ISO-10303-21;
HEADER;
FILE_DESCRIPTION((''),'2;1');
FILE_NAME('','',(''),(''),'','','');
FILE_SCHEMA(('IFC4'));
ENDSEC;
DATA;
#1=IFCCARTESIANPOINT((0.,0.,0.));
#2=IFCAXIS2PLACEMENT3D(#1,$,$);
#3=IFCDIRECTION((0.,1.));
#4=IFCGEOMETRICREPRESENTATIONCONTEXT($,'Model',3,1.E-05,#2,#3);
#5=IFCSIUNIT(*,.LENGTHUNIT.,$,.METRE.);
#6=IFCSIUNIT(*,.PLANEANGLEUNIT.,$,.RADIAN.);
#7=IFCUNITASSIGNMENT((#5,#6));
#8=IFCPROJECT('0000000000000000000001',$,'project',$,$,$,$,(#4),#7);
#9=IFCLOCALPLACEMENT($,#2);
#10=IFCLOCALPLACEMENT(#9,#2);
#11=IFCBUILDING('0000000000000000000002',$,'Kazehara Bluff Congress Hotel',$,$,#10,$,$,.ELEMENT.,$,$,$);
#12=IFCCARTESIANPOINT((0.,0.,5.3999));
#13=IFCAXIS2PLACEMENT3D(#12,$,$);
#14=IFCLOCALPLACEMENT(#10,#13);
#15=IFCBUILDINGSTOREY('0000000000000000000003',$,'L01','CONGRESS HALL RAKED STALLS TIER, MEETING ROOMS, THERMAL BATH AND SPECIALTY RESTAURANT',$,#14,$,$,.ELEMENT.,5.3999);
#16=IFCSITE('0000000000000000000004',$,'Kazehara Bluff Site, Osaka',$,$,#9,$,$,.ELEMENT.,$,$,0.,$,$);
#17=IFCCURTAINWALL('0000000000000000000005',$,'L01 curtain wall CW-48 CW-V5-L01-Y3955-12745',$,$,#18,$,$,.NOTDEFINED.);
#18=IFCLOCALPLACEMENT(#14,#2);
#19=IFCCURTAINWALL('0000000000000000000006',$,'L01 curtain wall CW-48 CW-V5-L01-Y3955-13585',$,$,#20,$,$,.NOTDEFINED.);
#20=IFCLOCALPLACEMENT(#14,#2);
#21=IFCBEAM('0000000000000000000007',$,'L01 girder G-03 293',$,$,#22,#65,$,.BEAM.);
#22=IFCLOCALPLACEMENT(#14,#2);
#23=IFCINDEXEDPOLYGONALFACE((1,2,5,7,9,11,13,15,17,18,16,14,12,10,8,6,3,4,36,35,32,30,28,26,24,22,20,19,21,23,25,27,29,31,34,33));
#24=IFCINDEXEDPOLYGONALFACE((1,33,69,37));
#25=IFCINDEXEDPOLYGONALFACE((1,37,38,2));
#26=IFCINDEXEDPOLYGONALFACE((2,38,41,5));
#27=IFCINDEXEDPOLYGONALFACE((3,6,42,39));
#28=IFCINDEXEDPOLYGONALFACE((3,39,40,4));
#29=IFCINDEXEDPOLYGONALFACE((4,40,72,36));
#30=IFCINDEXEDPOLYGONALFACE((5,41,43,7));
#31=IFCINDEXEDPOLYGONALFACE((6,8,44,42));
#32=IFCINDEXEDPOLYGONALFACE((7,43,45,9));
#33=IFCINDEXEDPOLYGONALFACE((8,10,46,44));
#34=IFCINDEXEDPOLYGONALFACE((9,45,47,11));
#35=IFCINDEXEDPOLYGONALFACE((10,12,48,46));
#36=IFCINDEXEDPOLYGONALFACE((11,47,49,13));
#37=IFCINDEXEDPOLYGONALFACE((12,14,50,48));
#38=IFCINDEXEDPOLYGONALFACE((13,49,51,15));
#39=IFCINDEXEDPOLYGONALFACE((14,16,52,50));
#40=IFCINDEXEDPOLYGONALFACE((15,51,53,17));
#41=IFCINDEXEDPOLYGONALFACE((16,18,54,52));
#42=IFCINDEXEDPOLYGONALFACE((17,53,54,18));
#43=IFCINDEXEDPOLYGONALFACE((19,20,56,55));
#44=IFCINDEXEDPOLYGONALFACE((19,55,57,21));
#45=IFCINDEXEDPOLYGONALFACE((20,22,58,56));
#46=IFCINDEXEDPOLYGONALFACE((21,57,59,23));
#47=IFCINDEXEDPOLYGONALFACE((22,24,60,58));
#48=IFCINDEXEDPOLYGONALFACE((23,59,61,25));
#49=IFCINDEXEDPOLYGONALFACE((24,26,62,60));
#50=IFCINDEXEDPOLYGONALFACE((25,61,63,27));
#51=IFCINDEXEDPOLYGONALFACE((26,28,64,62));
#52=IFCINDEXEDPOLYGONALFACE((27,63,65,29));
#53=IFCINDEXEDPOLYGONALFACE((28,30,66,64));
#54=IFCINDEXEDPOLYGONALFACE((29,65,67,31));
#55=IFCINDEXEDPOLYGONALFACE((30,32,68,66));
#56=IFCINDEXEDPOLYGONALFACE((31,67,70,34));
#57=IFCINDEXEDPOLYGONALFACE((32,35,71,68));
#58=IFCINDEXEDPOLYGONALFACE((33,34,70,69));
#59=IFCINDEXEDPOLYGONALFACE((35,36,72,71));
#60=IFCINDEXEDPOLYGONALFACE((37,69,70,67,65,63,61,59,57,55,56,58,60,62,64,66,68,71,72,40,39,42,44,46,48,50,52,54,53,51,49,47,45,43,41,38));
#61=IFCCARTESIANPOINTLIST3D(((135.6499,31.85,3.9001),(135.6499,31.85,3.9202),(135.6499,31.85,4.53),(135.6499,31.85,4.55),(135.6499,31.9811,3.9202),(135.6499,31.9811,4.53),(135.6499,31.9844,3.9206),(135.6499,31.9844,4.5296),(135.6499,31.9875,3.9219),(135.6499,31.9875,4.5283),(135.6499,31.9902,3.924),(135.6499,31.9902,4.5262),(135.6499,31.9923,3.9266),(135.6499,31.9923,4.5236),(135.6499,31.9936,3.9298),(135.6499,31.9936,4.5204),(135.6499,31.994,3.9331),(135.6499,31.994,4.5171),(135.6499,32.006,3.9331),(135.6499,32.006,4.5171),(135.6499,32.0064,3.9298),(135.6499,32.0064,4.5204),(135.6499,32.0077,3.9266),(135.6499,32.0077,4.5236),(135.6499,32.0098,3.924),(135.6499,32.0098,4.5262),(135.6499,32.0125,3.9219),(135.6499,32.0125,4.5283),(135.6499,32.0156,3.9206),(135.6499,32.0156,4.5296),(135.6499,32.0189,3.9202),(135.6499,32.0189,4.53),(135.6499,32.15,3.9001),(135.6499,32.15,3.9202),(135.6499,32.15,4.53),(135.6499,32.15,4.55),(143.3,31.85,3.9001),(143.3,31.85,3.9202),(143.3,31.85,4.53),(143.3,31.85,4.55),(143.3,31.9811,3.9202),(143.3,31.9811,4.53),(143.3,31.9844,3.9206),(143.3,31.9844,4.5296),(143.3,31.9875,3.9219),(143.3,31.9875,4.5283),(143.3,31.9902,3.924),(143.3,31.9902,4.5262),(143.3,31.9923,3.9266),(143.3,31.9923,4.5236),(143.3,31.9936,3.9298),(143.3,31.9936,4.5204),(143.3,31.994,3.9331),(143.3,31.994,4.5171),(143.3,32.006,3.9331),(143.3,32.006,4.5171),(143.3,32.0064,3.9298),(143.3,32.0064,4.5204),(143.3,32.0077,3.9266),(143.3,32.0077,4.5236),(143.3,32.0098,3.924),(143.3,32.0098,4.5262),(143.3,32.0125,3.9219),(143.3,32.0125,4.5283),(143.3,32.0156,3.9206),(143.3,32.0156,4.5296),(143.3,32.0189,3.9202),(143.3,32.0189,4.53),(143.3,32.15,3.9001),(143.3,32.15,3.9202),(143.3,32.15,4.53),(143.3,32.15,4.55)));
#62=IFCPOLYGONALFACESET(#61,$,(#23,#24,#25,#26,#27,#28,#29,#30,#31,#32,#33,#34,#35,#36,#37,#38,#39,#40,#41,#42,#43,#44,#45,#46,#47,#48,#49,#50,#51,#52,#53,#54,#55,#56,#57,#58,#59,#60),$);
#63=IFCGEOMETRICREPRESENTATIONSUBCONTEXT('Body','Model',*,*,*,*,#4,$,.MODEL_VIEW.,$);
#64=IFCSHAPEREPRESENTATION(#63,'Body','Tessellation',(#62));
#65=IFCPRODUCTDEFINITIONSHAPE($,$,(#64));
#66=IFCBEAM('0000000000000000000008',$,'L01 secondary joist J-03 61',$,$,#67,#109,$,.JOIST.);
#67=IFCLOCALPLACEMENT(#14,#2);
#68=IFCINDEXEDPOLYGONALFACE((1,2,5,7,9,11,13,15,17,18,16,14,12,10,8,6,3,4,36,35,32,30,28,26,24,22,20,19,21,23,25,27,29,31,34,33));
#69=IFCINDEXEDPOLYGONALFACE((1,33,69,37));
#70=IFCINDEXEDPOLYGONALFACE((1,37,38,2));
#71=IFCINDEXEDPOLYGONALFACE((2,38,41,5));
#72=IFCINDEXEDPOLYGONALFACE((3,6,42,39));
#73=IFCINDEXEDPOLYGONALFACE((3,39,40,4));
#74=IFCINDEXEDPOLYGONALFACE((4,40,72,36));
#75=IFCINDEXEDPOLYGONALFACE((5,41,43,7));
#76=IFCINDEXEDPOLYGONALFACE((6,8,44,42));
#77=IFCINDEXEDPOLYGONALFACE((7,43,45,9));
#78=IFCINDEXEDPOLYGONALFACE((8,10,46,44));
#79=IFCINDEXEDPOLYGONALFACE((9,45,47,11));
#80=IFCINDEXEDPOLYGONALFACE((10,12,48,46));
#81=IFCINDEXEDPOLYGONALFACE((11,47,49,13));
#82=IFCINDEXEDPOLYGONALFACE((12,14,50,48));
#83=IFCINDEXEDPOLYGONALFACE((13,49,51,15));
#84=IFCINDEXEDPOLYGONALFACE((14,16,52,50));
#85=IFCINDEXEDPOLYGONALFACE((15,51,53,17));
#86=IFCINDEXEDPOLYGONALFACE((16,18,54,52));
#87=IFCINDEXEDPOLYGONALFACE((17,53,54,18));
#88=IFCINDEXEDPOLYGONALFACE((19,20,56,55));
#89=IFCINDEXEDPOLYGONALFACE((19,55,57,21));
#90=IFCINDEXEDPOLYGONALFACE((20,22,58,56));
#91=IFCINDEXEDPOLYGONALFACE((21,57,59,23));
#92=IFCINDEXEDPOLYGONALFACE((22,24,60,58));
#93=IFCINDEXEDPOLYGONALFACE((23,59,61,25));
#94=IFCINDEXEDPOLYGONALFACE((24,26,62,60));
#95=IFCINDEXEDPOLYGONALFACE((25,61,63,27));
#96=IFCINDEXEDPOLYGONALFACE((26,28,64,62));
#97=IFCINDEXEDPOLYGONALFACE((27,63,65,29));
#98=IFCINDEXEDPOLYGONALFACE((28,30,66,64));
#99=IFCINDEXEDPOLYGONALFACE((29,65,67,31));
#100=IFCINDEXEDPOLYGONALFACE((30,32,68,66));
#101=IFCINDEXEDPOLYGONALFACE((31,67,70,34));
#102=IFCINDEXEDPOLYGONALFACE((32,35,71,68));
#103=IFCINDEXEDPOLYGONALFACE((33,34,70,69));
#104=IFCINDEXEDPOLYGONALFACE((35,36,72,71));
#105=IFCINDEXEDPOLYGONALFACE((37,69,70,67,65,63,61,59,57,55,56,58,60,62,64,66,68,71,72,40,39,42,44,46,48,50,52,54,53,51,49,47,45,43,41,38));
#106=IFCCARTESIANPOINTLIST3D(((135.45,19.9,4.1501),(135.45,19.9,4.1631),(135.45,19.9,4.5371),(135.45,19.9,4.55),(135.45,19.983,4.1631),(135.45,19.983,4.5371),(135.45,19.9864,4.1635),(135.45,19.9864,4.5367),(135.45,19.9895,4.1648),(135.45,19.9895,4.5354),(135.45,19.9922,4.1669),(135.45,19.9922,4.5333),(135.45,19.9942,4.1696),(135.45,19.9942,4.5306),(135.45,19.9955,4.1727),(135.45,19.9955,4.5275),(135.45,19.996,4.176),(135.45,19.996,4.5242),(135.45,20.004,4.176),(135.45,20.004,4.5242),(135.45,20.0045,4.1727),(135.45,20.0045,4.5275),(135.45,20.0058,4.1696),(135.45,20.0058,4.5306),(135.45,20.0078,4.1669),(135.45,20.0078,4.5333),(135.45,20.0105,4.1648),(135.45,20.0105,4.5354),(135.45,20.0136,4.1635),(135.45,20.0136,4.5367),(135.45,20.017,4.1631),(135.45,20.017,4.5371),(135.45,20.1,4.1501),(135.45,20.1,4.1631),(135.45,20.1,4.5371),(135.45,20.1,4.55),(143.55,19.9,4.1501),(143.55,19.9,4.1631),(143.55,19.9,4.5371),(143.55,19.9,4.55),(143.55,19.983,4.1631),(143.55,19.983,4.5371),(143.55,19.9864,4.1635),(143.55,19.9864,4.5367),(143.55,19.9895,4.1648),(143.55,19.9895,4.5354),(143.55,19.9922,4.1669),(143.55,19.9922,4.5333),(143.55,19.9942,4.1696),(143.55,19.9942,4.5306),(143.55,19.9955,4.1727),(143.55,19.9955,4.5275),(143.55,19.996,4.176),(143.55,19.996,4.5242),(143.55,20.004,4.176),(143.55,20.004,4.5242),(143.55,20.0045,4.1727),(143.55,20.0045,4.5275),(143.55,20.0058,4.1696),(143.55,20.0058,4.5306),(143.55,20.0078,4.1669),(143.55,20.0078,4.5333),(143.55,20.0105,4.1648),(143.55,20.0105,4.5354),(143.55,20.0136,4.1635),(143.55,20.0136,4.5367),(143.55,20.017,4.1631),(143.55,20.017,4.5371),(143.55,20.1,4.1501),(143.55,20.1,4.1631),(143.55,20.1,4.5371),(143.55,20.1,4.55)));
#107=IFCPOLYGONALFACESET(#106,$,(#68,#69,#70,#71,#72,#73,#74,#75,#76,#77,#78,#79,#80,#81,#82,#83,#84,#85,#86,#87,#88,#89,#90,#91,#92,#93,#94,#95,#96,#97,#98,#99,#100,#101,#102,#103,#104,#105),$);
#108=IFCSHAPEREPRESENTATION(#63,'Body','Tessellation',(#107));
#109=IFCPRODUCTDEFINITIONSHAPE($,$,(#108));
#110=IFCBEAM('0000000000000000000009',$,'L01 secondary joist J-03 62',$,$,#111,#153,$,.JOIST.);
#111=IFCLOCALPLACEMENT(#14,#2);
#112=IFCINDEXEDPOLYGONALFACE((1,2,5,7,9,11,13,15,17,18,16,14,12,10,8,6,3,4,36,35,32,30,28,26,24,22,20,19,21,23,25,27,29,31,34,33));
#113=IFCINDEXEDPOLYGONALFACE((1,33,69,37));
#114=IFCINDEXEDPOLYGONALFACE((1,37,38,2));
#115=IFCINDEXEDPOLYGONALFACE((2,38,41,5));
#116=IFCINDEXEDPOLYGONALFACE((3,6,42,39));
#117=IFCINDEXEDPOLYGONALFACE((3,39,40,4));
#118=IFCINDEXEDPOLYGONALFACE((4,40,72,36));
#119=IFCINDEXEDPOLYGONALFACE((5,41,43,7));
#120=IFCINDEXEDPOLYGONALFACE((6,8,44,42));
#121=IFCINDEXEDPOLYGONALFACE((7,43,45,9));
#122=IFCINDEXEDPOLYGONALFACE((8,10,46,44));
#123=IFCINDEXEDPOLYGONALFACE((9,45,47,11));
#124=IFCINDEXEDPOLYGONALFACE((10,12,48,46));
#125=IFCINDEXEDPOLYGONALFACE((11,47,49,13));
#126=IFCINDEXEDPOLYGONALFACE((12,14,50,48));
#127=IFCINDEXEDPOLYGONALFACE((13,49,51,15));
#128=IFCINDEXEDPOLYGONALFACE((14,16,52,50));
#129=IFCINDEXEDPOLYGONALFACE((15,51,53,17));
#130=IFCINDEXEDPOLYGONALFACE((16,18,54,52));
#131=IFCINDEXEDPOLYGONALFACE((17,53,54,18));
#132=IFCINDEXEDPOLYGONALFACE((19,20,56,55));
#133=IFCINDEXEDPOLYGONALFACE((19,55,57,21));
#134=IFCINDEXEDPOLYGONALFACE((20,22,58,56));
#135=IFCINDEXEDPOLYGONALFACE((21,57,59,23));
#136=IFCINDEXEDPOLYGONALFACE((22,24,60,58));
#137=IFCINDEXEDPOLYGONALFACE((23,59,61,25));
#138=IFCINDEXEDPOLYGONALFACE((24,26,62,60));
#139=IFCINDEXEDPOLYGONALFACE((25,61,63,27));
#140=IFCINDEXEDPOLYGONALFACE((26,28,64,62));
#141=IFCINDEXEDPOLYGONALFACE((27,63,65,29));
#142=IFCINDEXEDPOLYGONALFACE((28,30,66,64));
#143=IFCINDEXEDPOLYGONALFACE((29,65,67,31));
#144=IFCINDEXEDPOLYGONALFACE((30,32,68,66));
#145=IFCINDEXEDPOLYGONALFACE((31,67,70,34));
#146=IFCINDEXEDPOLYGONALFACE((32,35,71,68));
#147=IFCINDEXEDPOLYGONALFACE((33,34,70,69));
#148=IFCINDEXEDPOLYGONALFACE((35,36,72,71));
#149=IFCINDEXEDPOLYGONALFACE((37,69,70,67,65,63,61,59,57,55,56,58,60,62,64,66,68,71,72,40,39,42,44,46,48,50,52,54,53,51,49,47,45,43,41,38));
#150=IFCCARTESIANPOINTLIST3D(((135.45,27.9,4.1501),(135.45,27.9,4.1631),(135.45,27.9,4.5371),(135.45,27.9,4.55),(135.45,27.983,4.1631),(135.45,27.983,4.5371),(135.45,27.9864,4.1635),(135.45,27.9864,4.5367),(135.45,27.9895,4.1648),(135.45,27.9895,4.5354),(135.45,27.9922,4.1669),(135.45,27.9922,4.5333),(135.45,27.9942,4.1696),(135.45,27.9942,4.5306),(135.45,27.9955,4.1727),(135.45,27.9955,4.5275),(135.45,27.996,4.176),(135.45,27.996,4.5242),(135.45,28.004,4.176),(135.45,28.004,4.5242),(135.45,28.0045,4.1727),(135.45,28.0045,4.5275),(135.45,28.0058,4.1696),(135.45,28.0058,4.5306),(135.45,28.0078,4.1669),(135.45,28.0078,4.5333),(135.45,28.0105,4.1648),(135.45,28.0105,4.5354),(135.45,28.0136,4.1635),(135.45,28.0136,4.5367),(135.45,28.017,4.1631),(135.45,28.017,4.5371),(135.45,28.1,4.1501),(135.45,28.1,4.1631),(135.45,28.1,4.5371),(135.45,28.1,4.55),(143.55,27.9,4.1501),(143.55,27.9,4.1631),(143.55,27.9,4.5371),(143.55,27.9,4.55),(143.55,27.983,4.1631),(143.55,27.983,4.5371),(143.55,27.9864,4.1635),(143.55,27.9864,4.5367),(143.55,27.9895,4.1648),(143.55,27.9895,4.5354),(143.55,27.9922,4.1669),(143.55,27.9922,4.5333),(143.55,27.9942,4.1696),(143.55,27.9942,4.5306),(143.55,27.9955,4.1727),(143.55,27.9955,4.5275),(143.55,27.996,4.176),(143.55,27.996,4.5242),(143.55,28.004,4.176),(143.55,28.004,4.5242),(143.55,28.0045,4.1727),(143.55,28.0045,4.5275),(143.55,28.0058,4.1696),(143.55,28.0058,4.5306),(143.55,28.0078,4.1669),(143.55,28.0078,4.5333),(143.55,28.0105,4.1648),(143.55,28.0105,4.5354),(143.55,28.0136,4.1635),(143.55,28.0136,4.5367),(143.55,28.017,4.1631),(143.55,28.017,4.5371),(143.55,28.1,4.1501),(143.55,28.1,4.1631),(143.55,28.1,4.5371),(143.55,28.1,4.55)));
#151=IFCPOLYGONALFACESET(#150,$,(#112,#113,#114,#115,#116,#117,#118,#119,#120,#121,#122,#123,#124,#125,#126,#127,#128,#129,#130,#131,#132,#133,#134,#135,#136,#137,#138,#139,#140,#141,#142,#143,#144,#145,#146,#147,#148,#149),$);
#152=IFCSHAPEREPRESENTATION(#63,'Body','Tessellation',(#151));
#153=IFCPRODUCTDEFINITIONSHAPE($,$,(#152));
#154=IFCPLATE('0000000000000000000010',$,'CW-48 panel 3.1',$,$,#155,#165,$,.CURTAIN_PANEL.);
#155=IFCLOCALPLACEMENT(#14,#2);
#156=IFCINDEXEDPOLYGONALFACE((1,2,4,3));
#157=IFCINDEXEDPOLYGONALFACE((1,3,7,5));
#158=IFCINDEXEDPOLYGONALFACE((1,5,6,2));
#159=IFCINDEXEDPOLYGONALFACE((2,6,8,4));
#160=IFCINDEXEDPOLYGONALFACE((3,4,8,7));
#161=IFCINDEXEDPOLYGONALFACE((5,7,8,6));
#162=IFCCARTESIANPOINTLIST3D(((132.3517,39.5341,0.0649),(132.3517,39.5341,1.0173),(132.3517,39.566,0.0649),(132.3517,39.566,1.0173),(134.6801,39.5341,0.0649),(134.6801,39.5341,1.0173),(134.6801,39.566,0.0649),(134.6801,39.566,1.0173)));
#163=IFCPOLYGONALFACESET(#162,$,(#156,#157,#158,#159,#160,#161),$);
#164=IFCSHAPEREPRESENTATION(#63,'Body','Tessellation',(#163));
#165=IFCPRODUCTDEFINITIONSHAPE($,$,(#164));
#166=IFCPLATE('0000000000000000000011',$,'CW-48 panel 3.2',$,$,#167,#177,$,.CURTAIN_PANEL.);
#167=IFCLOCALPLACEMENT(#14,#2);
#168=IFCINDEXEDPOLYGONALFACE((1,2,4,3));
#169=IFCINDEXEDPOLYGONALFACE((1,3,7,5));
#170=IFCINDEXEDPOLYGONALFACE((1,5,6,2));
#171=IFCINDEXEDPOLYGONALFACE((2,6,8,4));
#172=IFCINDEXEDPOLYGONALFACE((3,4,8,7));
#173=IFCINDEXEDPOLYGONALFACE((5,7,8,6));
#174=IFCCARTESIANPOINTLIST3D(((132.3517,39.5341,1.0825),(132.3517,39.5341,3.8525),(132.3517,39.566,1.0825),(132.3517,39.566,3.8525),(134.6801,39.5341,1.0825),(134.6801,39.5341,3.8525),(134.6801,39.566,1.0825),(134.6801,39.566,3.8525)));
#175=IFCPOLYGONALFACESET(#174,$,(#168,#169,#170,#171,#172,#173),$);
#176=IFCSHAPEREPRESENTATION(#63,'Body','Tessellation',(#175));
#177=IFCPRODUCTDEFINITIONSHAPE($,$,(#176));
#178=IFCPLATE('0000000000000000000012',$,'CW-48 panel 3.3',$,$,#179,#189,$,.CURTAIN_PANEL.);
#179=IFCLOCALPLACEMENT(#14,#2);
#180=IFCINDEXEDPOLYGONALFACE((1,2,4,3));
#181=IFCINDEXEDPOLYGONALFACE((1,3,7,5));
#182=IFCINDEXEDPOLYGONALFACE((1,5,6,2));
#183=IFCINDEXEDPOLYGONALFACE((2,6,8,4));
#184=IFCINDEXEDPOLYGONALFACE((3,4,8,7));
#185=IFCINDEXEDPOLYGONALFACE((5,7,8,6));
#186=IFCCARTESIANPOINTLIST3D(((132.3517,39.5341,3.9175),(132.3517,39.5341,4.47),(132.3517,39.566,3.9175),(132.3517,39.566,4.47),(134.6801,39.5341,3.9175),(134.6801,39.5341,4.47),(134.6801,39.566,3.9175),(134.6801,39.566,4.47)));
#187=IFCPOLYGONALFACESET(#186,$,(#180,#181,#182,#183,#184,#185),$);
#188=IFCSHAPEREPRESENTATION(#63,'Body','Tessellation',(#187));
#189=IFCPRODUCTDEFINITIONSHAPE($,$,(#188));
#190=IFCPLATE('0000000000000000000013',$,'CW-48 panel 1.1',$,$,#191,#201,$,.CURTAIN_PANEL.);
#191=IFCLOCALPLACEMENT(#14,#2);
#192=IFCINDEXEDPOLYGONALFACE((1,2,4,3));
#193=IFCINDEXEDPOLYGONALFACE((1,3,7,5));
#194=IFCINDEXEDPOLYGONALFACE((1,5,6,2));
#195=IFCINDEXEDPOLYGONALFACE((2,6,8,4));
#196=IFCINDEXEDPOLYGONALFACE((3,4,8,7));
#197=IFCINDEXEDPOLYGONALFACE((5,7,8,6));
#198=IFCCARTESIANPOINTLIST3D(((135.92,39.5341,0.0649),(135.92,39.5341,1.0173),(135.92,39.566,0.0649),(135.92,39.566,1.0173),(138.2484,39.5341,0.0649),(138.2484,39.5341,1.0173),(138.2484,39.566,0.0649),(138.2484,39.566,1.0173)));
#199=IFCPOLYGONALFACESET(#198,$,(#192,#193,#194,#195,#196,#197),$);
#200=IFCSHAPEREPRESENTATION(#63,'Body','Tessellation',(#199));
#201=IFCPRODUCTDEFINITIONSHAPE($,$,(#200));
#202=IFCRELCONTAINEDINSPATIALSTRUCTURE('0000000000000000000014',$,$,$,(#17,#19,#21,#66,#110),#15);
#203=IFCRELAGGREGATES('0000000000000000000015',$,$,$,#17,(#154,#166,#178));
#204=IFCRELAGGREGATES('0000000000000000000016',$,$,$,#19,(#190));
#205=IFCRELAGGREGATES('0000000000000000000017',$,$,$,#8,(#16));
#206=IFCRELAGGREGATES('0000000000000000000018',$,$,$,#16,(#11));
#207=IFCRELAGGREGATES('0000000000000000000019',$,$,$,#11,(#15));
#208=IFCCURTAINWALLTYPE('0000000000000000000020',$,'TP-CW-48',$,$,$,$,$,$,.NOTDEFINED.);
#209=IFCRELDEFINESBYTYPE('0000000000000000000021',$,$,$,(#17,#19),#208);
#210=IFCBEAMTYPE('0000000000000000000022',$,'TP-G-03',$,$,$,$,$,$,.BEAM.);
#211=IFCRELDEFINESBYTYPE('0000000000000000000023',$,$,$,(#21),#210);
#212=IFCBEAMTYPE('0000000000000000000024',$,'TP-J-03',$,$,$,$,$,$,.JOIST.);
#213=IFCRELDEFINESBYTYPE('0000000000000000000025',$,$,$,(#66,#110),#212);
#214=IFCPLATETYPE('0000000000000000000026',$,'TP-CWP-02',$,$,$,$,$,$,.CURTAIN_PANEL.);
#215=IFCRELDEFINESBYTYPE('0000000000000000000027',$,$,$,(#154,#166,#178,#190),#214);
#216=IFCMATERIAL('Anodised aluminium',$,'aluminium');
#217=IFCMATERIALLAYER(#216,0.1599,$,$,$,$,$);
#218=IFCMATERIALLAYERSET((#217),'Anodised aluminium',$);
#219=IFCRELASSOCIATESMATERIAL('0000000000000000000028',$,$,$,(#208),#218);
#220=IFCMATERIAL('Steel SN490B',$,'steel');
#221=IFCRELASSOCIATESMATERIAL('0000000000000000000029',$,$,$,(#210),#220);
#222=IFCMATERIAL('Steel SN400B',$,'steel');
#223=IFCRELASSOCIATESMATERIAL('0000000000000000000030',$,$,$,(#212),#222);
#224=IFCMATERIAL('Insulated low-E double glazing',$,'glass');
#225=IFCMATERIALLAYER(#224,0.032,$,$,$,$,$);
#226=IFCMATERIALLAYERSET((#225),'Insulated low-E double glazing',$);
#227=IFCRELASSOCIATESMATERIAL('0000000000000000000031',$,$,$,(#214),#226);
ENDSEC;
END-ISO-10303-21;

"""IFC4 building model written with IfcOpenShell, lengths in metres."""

from ifc_helpers import new_model, si_unit, direction, frame, origin, origin_2d, place, context, subcontext, project, spatial, rectangle, i_section, extrude, material, layer, layer_set, material_profile, profile_set, type_object, element, aggregate, save


model = new_model("IFC4")

# Units and contexts
model_context = context("Model", 3, precision=1e-05, world=origin(), true_north=direction((0.0, 1.0)))
body_context = subcontext(model_context, "Body", "Model", "MODEL_VIEW")
ifc_project = project(units=[si_unit("LENGTHUNIT", "METRE"), si_unit("PLANEANGLEUNIT", "RADIAN")], contexts=[model_context])

# Site, building, storey
site_placement = place(None, origin())
site = spatial("IfcSite", under=ifc_project, at=site_placement, Name="Kazehara Bluff Site, Osaka", CompositionType="ELEMENT", RefElevation=0.0)
building_placement = place(site_placement, origin())
building = spatial("IfcBuilding", under=site, at=building_placement, Name="Kazehara Bluff Congress Hotel", CompositionType="ELEMENT")
storey_placement = place(building_placement, frame((0.0, 0.0, 5.3999)))
storey = spatial("IfcBuildingStorey", under=building, at=storey_placement, Name="L01", Description="CONGRESS HALL RAKED STALLS TIER, MEETING ROOMS, THERMAL BATH AND SPECIALTY RESTAURANT", CompositionType="ELEMENT", Elevation=5.3999)

# Curtain wall
ifc_material_1 = material(Name="Anodised aluminium", Category="aluminium")
ifc_layer_1 = layer(ifc_material_1, 0.1599)
ifc_layer_set_1 = layer_set([ifc_layer_1], Name="Anodised aluminium")
curtain_wall_type = type_object("IfcCurtainWallType", Name="TP-CW-48", PredefinedType="NOTDEFINED", material=ifc_layer_set_1)
curtain_wall_1_placement = place(storey_placement, origin())
curtain_wall_1 = element("IfcCurtainWall", 1, at=curtain_wall_1_placement, inside=storey, type_object=curtain_wall_type, Name="L01 curtain wall CW-48 CW-V5-L01-Y3955-12745", PredefinedType="NOTDEFINED")

# Curtain wall
curtain_wall_2_placement = place(storey_placement, origin())
curtain_wall_2 = element("IfcCurtainWall", 2, at=curtain_wall_2_placement, inside=storey, type_object=curtain_wall_type, Name="L01 curtain wall CW-48 CW-V5-L01-Y3955-13585", PredefinedType="NOTDEFINED")

# Beams
ifc_material_2 = material(Name="Steel SN490B", Category="steel")
ifc_material_profile_1 = material_profile(ifc_material_2, i_section(OverallWidth=0.3, OverallDepth=0.6499, WebThickness=0.012, FlangeThickness=0.02, FilletRadius=0.0129, at=origin_2d()))
ifc_profile_set_1 = profile_set([ifc_material_profile_1], Name="Steel SN490B")
beam_type_1 = type_object("IfcBeamType", Name="TP-G-03", PredefinedType="BEAM", material=ifc_profile_set_1)
for number, where, z_axis, x_axis, name in (
    (3, (135.6499, 32.0, 4.2251), (1.0, 0.0, 0.0), (0.0, 1.0, 0.0), "L01 girder G-03 293"),
):
    element("IfcBeam", number, at=place(storey_placement, frame(where, z_axis=z_axis, x_axis=x_axis)), inside=storey, type_object=beam_type_1, Name=name, PredefinedType="BEAM", context=body_context, shape_type="SweptSolid", body=[
        extrude(i_section(OverallWidth=0.3, OverallDepth=0.6499, WebThickness=0.012, FlangeThickness=0.02, FilletRadius=0.0129, at=origin_2d()), origin(), (0.0, 0.0, 1.0), 7.6501),
    ])
ifc_material_3 = material(Name="Steel SN400B", Category="steel")
ifc_material_profile_2 = material_profile(ifc_material_3, i_section(OverallWidth=0.2, OverallDepth=0.3999, WebThickness=0.0081, FlangeThickness=0.0129, FilletRadius=0.0129, at=origin_2d()))
ifc_profile_set_2 = profile_set([ifc_material_profile_2], Name="Steel SN400B")
beam_type_2 = type_object("IfcBeamType", Name="TP-J-03", PredefinedType="JOIST", material=ifc_profile_set_2)
for number, where, z_axis, x_axis, name in (
    (4, (135.45, 20.0, 4.3501), (1.0, 0.0, 0.0), (0.0, 1.0, 0.0), "L01 secondary joist J-03 61"),
    (5, (135.45, 28.0, 4.3501), (1.0, 0.0, 0.0), (0.0, 1.0, 0.0), "L01 secondary joist J-03 62"),
):
    element("IfcBeam", number, at=place(storey_placement, frame(where, z_axis=z_axis, x_axis=x_axis)), inside=storey, type_object=beam_type_2, Name=name, PredefinedType="JOIST", context=body_context, shape_type="SweptSolid", body=[
        extrude(i_section(OverallWidth=0.2, OverallDepth=0.3999, WebThickness=0.0081, FlangeThickness=0.0129, FilletRadius=0.0129, at=origin_2d()), origin(), (0.0, 0.0, 1.0), 8.1001),
    ])

# Plates
ifc_material_4 = material(Name="Insulated low-E double glazing", Category="glass")
ifc_layer_2 = layer(ifc_material_4, 0.032)
ifc_layer_set_2 = layer_set([ifc_layer_2], Name="Insulated low-E double glazing")
plate_type = type_object("IfcPlateType", Name="TP-CWP-02", PredefinedType="CURTAIN_PANEL", material=ifc_layer_set_2)
plate_1_placement = place(storey_placement, frame((133.5159, 39.55, 0.0649), z_axis=(0.0, 0.0, 1.0), x_axis=(1.0, 0.0, 0.0)))
plate_1 = element("IfcPlate", 6, at=plate_1_placement, type_object=plate_type, Name="CW-48 panel 3.1", PredefinedType="CURTAIN_PANEL", context=body_context, shape_type="SweptSolid", body=[
    extrude(rectangle(XDim=2.3284, YDim=0.032, at=origin_2d()), origin(), (0.0, 0.0, 1.0), 0.9524),
])
plate_2_placement = place(storey_placement, frame((133.5159, 39.55, 1.0825), z_axis=(0.0, 0.0, 1.0), x_axis=(1.0, 0.0, 0.0)))
plate_2 = element("IfcPlate", 7, at=plate_2_placement, type_object=plate_type, Name="CW-48 panel 3.2", PredefinedType="CURTAIN_PANEL", context=body_context, shape_type="SweptSolid", body=[
    extrude(rectangle(XDim=2.3284, YDim=0.032, at=origin_2d()), origin(), (0.0, 0.0, 1.0), 2.77),
])
plate_3_placement = place(storey_placement, frame((133.5159, 39.55, 3.9175), z_axis=(0.0, 0.0, 1.0), x_axis=(1.0, 0.0, 0.0)))
plate_3 = element("IfcPlate", 8, at=plate_3_placement, type_object=plate_type, Name="CW-48 panel 3.3", PredefinedType="CURTAIN_PANEL", context=body_context, shape_type="SweptSolid", body=[
    extrude(rectangle(XDim=2.3284, YDim=0.032, at=origin_2d()), origin(), (0.0, 0.0, 1.0), 0.5525),
])
aggregate(curtain_wall_1, [plate_1, plate_2, plate_3])
plate_4_placement = place(storey_placement, frame((137.0842, 39.55, 0.0649), z_axis=(0.0, 0.0, 1.0), x_axis=(1.0, 0.0, 0.0)))
plate_4 = element("IfcPlate", 9, at=plate_4_placement, type_object=plate_type, Name="CW-48 panel 1.1", PredefinedType="CURTAIN_PANEL", context=body_context, shape_type="SweptSolid", body=[
    extrude(rectangle(XDim=2.3284, YDim=0.032, at=origin_2d()), origin(), (0.0, 0.0, 1.0), 0.9524),
])
aggregate(curtain_wall_2, [plate_4])

save(model, "model.ifc")
